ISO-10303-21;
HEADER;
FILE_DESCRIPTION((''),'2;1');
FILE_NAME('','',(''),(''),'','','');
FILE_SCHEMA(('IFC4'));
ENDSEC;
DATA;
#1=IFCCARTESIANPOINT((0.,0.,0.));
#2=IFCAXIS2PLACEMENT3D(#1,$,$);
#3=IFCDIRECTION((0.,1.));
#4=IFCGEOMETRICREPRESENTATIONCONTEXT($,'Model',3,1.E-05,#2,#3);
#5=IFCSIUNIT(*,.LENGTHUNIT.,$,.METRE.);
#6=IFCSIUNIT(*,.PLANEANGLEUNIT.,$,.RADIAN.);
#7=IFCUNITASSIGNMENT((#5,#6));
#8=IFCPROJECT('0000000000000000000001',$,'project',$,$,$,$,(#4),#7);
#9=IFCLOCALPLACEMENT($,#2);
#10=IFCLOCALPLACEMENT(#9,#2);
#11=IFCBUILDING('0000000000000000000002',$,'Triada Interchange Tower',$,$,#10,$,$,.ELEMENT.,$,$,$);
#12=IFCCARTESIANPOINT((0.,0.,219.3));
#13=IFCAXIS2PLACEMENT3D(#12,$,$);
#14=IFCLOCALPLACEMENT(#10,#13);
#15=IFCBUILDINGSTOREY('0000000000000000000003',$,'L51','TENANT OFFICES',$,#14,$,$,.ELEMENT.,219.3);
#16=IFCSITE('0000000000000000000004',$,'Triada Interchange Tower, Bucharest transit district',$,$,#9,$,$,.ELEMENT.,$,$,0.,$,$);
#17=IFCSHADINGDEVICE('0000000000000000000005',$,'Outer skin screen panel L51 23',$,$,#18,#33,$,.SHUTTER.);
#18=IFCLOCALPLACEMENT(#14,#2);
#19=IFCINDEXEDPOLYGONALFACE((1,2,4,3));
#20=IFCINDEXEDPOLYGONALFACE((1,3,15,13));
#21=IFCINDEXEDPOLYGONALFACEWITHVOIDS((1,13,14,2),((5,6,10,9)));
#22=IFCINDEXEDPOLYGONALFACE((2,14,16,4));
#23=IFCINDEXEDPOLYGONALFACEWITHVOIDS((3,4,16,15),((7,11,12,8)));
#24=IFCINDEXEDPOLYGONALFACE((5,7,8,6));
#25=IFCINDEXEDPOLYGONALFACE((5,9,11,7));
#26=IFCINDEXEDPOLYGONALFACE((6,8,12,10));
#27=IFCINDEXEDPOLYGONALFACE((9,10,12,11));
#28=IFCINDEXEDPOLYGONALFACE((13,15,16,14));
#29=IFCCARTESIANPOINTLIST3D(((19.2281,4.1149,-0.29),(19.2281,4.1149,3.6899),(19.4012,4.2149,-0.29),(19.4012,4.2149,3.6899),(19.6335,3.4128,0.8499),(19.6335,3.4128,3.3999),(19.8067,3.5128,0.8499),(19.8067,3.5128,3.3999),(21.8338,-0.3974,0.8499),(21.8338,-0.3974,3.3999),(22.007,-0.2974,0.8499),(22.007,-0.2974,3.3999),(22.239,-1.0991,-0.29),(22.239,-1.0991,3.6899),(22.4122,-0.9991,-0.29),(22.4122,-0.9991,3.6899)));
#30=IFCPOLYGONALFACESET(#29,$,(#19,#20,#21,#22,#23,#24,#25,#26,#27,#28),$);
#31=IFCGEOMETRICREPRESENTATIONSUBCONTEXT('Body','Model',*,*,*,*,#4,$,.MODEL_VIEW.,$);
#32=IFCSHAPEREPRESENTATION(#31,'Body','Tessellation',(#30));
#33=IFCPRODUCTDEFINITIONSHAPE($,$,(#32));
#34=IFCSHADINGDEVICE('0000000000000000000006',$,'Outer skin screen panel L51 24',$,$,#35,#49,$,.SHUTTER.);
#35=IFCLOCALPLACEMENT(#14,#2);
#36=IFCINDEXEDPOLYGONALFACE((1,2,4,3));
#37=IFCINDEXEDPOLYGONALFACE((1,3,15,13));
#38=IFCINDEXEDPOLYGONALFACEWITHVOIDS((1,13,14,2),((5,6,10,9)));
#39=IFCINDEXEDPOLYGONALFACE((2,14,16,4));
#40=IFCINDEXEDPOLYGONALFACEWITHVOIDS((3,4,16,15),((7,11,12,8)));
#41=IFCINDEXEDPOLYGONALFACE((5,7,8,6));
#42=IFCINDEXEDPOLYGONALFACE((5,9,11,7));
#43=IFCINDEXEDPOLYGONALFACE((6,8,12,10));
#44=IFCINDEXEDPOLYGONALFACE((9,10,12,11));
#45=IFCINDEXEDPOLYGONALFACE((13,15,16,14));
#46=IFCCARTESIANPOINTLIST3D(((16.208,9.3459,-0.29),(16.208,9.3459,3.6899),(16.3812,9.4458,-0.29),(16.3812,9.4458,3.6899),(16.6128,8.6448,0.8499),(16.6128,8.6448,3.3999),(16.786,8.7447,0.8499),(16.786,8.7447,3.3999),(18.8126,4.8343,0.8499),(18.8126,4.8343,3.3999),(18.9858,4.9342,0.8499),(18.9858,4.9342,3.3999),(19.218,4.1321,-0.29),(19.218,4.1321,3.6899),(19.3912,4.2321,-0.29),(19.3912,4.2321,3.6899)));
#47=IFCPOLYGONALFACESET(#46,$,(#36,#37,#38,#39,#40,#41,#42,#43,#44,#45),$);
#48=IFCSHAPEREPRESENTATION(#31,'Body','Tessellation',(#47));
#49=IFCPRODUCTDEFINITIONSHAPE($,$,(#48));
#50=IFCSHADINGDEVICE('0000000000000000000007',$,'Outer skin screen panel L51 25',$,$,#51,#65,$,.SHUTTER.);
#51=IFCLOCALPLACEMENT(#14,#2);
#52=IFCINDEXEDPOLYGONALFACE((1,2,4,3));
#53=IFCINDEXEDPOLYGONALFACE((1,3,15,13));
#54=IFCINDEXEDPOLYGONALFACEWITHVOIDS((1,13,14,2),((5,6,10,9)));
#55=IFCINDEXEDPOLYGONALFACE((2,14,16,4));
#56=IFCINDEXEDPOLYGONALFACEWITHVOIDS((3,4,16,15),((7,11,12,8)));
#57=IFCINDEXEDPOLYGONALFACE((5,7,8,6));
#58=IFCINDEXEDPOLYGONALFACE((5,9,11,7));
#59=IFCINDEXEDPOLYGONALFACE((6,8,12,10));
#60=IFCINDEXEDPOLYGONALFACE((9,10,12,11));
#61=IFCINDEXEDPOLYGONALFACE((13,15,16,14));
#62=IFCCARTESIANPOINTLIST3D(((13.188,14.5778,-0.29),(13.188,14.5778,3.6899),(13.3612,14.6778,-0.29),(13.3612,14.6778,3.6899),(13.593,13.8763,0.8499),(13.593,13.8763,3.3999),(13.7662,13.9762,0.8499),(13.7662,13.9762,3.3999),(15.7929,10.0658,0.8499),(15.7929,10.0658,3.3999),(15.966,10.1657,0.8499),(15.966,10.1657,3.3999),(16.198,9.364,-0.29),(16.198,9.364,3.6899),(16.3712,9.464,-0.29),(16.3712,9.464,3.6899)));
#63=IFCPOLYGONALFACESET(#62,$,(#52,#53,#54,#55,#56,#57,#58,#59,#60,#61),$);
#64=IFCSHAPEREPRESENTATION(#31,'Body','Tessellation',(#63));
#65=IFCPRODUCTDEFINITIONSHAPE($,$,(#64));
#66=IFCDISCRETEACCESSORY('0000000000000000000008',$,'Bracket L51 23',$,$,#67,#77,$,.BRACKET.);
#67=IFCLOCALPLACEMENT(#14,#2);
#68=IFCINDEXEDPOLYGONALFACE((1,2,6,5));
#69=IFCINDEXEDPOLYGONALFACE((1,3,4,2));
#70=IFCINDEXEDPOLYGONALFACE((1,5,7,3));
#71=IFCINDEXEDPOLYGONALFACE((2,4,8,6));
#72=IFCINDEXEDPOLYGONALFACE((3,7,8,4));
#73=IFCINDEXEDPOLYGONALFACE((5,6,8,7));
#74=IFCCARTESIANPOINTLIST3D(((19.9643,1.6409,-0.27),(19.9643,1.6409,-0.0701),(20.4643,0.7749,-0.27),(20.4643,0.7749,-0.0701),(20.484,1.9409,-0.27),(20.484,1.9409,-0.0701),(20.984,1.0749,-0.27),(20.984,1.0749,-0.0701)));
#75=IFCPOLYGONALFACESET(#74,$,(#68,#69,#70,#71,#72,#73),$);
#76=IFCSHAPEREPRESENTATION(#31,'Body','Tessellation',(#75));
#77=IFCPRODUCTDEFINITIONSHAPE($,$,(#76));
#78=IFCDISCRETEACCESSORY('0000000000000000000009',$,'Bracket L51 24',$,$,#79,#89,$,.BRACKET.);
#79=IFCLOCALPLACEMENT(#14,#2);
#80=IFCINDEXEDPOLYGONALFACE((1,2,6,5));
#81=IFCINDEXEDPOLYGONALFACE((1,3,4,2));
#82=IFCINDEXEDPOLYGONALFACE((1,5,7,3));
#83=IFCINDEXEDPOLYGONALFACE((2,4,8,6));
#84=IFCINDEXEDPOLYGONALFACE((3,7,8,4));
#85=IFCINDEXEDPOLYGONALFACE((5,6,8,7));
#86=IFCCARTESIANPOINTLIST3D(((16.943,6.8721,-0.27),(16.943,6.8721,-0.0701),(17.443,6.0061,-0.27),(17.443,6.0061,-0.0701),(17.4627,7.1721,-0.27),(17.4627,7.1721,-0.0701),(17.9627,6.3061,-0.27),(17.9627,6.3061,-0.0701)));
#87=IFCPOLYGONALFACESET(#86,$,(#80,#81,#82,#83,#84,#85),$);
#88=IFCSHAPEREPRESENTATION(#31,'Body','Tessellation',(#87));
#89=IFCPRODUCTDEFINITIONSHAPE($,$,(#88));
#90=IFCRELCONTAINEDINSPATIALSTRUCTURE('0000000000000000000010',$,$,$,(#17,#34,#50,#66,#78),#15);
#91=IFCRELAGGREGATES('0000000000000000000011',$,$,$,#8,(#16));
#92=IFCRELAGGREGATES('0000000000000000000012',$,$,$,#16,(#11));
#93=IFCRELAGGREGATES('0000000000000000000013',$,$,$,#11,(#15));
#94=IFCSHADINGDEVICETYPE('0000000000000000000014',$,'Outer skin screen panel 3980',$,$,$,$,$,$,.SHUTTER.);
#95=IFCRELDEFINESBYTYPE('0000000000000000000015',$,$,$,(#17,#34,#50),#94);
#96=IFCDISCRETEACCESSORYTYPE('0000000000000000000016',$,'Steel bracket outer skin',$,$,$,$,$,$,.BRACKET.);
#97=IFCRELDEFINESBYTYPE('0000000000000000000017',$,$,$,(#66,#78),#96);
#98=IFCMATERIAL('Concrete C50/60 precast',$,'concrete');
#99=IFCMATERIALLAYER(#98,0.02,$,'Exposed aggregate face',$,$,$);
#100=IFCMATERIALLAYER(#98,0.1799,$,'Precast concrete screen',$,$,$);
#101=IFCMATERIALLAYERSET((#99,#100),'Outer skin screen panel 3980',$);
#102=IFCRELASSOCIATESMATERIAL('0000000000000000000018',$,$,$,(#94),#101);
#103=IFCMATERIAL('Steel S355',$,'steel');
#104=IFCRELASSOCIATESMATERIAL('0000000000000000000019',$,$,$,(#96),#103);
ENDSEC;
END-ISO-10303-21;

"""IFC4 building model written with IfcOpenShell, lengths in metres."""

from ifc_helpers import new_model, si_unit, direction, frame, origin, origin_2d, place, context, subcontext, project, spatial, polyline, rectangle, outline, extrude, material, layer, layer_set, type_object, element, save


model = new_model("IFC4")

# Units and contexts
model_context = context("Model", 3, precision=1e-05, world=origin(), true_north=direction((0.0, 1.0)))
body_context = subcontext(model_context, "Body", "Model", "MODEL_VIEW")
ifc_project = project(units=[si_unit("LENGTHUNIT", "METRE"), si_unit("PLANEANGLEUNIT", "RADIAN")], contexts=[model_context])

# Site, building, storey
site_placement = place(None, origin())
site = spatial("IfcSite", under=ifc_project, at=site_placement, Name="Triada Interchange Tower, Bucharest transit district", CompositionType="ELEMENT", RefElevation=0.0)
building_placement = place(site_placement, origin())
building = spatial("IfcBuilding", under=site, at=building_placement, Name="Triada Interchange Tower", CompositionType="ELEMENT")
storey_placement = place(building_placement, frame((0.0, 0.0, 219.3)))
storey = spatial("IfcBuildingStorey", under=building, at=storey_placement, Name="L51", Description="TENANT OFFICES", CompositionType="ELEMENT", Elevation=219.3)

# Shading devices
ifc_material_1 = material(Name="Concrete C50/60 precast", Category="concrete")
ifc_layer_1 = layer(ifc_material_1, 0.02, Name="Exposed aggregate face")
ifc_layer_2 = layer(ifc_material_1, 0.1799, Name="Precast concrete screen")
ifc_layer_set_1 = layer_set([ifc_layer_1, ifc_layer_2], Name="Outer skin screen panel 3980")
shading_device_type = type_object("IfcShadingDeviceType", Name="Outer skin screen panel 3980", PredefinedType="SHUTTER", material=ifc_layer_set_1)
shading_device_1_placement = place(storey_placement, frame((22.239, -1.0991, -0.29), z_axis=(0.0, 0.0, 1.0), x_axis=(-0.500077, 0.865981, 0.0)))
element("IfcShadingDevice", 1, at=shading_device_1_placement, inside=storey, type_object=shading_device_type, Name="Outer skin screen panel L51 23", PredefinedType="SHUTTER", context=body_context, shape_type="SweptSolid", body=[
    extrude(outline(polyline([(0.0, 0.0), (6.021, 0.0), (6.021, 3.98), (0.0, 3.98), (0.0, 0.0)]), holes=[polyline([(0.8103, 1.1399), (0.8103, 3.6899), (5.2102, 3.6899), (5.2102, 1.1399), (0.8103, 1.1399)])]), frame((0.0, 0.0, 0.0), z_axis=(0.0, -1.0, 0.0), x_axis=(1.0, 0.0, 0.0)), (0.0, 0.0, 1.0), 0.2),
])
shading_device_2_placement = place(storey_placement, frame((19.218, 4.1321, -0.29), z_axis=(0.0, 0.0, 1.0), x_axis=(-0.499973, 0.866041, 0.0)))
element("IfcShadingDevice", 2, at=shading_device_2_placement, inside=storey, type_object=shading_device_type, Name="Outer skin screen panel L51 24", PredefinedType="SHUTTER", context=body_context, shape_type="SweptSolid", body=[
    extrude(outline(polyline([(0.0, 0.0), (6.0203, 0.0), (6.0203, 3.98), (0.0, 3.98), (0.0, 0.0)]), holes=[polyline([(0.8108, 1.1399), (0.8108, 3.6899), (5.2107, 3.6899), (5.2107, 1.1399), (0.8108, 1.1399)])]), frame((0.0, 0.0, 0.0), z_axis=(0.0, -1.0, 0.0), x_axis=(1.0, 0.0, 0.0)), (0.0, 0.0, 1.0), 0.2),
])
shading_device_3_placement = place(storey_placement, frame((16.198, 9.364, -0.29), z_axis=(0.0, 0.0, 1.0), x_axis=(-0.499973, 0.866041, 0.0)))
element("IfcShadingDevice", 3, at=shading_device_3_placement, inside=storey, type_object=shading_device_type, Name="Outer skin screen panel L51 25", PredefinedType="SHUTTER", context=body_context, shape_type="SweptSolid", body=[
    extrude(outline(polyline([(0.0, 0.0), (6.0203, 0.0), (6.0203, 3.98), (0.0, 3.98), (0.0, 0.0)]), holes=[polyline([(0.8103, 1.1399), (0.8103, 3.6899), (5.2102, 3.6899), (5.2102, 1.1399), (0.8103, 1.1399)])]), frame((0.0, 0.0, 0.0), z_axis=(0.0, -1.0, 0.0), x_axis=(1.0, 0.0, 0.0)), (0.0, 0.0, 1.0), 0.2),
])

# Discrete accessories
ifc_material_2 = material(Name="Steel S355", Category="steel")
discrete_accessory_type = type_object("IfcDiscreteAccessoryType", Name="Steel bracket outer skin", PredefinedType="BRACKET", material=ifc_material_2)
for number, where, z_axis, x_axis, name in (
    (4, (20.4741, 1.3579, -0.27), (0.0, 0.0, 1.0), (0.866025, 0.500001, 0.0), "Bracket L51 23"),
    (5, (17.4529, 6.5891, -0.27), (0.0, 0.0, 1.0), (0.866025, 0.500001, 0.0), "Bracket L51 24"),
):
    element("IfcDiscreteAccessory", number, at=place(storey_placement, frame(where, z_axis=z_axis, x_axis=x_axis)), inside=storey, type_object=discrete_accessory_type, Name=name, PredefinedType="BRACKET", context=body_context, shape_type="SweptSolid", body=[
        extrude(rectangle(XDim=0.6001, YDim=1.0, at=origin_2d()), origin(), (0.0, 0.0, 1.0), 0.2),
    ])

save(model, "model.ifc")
